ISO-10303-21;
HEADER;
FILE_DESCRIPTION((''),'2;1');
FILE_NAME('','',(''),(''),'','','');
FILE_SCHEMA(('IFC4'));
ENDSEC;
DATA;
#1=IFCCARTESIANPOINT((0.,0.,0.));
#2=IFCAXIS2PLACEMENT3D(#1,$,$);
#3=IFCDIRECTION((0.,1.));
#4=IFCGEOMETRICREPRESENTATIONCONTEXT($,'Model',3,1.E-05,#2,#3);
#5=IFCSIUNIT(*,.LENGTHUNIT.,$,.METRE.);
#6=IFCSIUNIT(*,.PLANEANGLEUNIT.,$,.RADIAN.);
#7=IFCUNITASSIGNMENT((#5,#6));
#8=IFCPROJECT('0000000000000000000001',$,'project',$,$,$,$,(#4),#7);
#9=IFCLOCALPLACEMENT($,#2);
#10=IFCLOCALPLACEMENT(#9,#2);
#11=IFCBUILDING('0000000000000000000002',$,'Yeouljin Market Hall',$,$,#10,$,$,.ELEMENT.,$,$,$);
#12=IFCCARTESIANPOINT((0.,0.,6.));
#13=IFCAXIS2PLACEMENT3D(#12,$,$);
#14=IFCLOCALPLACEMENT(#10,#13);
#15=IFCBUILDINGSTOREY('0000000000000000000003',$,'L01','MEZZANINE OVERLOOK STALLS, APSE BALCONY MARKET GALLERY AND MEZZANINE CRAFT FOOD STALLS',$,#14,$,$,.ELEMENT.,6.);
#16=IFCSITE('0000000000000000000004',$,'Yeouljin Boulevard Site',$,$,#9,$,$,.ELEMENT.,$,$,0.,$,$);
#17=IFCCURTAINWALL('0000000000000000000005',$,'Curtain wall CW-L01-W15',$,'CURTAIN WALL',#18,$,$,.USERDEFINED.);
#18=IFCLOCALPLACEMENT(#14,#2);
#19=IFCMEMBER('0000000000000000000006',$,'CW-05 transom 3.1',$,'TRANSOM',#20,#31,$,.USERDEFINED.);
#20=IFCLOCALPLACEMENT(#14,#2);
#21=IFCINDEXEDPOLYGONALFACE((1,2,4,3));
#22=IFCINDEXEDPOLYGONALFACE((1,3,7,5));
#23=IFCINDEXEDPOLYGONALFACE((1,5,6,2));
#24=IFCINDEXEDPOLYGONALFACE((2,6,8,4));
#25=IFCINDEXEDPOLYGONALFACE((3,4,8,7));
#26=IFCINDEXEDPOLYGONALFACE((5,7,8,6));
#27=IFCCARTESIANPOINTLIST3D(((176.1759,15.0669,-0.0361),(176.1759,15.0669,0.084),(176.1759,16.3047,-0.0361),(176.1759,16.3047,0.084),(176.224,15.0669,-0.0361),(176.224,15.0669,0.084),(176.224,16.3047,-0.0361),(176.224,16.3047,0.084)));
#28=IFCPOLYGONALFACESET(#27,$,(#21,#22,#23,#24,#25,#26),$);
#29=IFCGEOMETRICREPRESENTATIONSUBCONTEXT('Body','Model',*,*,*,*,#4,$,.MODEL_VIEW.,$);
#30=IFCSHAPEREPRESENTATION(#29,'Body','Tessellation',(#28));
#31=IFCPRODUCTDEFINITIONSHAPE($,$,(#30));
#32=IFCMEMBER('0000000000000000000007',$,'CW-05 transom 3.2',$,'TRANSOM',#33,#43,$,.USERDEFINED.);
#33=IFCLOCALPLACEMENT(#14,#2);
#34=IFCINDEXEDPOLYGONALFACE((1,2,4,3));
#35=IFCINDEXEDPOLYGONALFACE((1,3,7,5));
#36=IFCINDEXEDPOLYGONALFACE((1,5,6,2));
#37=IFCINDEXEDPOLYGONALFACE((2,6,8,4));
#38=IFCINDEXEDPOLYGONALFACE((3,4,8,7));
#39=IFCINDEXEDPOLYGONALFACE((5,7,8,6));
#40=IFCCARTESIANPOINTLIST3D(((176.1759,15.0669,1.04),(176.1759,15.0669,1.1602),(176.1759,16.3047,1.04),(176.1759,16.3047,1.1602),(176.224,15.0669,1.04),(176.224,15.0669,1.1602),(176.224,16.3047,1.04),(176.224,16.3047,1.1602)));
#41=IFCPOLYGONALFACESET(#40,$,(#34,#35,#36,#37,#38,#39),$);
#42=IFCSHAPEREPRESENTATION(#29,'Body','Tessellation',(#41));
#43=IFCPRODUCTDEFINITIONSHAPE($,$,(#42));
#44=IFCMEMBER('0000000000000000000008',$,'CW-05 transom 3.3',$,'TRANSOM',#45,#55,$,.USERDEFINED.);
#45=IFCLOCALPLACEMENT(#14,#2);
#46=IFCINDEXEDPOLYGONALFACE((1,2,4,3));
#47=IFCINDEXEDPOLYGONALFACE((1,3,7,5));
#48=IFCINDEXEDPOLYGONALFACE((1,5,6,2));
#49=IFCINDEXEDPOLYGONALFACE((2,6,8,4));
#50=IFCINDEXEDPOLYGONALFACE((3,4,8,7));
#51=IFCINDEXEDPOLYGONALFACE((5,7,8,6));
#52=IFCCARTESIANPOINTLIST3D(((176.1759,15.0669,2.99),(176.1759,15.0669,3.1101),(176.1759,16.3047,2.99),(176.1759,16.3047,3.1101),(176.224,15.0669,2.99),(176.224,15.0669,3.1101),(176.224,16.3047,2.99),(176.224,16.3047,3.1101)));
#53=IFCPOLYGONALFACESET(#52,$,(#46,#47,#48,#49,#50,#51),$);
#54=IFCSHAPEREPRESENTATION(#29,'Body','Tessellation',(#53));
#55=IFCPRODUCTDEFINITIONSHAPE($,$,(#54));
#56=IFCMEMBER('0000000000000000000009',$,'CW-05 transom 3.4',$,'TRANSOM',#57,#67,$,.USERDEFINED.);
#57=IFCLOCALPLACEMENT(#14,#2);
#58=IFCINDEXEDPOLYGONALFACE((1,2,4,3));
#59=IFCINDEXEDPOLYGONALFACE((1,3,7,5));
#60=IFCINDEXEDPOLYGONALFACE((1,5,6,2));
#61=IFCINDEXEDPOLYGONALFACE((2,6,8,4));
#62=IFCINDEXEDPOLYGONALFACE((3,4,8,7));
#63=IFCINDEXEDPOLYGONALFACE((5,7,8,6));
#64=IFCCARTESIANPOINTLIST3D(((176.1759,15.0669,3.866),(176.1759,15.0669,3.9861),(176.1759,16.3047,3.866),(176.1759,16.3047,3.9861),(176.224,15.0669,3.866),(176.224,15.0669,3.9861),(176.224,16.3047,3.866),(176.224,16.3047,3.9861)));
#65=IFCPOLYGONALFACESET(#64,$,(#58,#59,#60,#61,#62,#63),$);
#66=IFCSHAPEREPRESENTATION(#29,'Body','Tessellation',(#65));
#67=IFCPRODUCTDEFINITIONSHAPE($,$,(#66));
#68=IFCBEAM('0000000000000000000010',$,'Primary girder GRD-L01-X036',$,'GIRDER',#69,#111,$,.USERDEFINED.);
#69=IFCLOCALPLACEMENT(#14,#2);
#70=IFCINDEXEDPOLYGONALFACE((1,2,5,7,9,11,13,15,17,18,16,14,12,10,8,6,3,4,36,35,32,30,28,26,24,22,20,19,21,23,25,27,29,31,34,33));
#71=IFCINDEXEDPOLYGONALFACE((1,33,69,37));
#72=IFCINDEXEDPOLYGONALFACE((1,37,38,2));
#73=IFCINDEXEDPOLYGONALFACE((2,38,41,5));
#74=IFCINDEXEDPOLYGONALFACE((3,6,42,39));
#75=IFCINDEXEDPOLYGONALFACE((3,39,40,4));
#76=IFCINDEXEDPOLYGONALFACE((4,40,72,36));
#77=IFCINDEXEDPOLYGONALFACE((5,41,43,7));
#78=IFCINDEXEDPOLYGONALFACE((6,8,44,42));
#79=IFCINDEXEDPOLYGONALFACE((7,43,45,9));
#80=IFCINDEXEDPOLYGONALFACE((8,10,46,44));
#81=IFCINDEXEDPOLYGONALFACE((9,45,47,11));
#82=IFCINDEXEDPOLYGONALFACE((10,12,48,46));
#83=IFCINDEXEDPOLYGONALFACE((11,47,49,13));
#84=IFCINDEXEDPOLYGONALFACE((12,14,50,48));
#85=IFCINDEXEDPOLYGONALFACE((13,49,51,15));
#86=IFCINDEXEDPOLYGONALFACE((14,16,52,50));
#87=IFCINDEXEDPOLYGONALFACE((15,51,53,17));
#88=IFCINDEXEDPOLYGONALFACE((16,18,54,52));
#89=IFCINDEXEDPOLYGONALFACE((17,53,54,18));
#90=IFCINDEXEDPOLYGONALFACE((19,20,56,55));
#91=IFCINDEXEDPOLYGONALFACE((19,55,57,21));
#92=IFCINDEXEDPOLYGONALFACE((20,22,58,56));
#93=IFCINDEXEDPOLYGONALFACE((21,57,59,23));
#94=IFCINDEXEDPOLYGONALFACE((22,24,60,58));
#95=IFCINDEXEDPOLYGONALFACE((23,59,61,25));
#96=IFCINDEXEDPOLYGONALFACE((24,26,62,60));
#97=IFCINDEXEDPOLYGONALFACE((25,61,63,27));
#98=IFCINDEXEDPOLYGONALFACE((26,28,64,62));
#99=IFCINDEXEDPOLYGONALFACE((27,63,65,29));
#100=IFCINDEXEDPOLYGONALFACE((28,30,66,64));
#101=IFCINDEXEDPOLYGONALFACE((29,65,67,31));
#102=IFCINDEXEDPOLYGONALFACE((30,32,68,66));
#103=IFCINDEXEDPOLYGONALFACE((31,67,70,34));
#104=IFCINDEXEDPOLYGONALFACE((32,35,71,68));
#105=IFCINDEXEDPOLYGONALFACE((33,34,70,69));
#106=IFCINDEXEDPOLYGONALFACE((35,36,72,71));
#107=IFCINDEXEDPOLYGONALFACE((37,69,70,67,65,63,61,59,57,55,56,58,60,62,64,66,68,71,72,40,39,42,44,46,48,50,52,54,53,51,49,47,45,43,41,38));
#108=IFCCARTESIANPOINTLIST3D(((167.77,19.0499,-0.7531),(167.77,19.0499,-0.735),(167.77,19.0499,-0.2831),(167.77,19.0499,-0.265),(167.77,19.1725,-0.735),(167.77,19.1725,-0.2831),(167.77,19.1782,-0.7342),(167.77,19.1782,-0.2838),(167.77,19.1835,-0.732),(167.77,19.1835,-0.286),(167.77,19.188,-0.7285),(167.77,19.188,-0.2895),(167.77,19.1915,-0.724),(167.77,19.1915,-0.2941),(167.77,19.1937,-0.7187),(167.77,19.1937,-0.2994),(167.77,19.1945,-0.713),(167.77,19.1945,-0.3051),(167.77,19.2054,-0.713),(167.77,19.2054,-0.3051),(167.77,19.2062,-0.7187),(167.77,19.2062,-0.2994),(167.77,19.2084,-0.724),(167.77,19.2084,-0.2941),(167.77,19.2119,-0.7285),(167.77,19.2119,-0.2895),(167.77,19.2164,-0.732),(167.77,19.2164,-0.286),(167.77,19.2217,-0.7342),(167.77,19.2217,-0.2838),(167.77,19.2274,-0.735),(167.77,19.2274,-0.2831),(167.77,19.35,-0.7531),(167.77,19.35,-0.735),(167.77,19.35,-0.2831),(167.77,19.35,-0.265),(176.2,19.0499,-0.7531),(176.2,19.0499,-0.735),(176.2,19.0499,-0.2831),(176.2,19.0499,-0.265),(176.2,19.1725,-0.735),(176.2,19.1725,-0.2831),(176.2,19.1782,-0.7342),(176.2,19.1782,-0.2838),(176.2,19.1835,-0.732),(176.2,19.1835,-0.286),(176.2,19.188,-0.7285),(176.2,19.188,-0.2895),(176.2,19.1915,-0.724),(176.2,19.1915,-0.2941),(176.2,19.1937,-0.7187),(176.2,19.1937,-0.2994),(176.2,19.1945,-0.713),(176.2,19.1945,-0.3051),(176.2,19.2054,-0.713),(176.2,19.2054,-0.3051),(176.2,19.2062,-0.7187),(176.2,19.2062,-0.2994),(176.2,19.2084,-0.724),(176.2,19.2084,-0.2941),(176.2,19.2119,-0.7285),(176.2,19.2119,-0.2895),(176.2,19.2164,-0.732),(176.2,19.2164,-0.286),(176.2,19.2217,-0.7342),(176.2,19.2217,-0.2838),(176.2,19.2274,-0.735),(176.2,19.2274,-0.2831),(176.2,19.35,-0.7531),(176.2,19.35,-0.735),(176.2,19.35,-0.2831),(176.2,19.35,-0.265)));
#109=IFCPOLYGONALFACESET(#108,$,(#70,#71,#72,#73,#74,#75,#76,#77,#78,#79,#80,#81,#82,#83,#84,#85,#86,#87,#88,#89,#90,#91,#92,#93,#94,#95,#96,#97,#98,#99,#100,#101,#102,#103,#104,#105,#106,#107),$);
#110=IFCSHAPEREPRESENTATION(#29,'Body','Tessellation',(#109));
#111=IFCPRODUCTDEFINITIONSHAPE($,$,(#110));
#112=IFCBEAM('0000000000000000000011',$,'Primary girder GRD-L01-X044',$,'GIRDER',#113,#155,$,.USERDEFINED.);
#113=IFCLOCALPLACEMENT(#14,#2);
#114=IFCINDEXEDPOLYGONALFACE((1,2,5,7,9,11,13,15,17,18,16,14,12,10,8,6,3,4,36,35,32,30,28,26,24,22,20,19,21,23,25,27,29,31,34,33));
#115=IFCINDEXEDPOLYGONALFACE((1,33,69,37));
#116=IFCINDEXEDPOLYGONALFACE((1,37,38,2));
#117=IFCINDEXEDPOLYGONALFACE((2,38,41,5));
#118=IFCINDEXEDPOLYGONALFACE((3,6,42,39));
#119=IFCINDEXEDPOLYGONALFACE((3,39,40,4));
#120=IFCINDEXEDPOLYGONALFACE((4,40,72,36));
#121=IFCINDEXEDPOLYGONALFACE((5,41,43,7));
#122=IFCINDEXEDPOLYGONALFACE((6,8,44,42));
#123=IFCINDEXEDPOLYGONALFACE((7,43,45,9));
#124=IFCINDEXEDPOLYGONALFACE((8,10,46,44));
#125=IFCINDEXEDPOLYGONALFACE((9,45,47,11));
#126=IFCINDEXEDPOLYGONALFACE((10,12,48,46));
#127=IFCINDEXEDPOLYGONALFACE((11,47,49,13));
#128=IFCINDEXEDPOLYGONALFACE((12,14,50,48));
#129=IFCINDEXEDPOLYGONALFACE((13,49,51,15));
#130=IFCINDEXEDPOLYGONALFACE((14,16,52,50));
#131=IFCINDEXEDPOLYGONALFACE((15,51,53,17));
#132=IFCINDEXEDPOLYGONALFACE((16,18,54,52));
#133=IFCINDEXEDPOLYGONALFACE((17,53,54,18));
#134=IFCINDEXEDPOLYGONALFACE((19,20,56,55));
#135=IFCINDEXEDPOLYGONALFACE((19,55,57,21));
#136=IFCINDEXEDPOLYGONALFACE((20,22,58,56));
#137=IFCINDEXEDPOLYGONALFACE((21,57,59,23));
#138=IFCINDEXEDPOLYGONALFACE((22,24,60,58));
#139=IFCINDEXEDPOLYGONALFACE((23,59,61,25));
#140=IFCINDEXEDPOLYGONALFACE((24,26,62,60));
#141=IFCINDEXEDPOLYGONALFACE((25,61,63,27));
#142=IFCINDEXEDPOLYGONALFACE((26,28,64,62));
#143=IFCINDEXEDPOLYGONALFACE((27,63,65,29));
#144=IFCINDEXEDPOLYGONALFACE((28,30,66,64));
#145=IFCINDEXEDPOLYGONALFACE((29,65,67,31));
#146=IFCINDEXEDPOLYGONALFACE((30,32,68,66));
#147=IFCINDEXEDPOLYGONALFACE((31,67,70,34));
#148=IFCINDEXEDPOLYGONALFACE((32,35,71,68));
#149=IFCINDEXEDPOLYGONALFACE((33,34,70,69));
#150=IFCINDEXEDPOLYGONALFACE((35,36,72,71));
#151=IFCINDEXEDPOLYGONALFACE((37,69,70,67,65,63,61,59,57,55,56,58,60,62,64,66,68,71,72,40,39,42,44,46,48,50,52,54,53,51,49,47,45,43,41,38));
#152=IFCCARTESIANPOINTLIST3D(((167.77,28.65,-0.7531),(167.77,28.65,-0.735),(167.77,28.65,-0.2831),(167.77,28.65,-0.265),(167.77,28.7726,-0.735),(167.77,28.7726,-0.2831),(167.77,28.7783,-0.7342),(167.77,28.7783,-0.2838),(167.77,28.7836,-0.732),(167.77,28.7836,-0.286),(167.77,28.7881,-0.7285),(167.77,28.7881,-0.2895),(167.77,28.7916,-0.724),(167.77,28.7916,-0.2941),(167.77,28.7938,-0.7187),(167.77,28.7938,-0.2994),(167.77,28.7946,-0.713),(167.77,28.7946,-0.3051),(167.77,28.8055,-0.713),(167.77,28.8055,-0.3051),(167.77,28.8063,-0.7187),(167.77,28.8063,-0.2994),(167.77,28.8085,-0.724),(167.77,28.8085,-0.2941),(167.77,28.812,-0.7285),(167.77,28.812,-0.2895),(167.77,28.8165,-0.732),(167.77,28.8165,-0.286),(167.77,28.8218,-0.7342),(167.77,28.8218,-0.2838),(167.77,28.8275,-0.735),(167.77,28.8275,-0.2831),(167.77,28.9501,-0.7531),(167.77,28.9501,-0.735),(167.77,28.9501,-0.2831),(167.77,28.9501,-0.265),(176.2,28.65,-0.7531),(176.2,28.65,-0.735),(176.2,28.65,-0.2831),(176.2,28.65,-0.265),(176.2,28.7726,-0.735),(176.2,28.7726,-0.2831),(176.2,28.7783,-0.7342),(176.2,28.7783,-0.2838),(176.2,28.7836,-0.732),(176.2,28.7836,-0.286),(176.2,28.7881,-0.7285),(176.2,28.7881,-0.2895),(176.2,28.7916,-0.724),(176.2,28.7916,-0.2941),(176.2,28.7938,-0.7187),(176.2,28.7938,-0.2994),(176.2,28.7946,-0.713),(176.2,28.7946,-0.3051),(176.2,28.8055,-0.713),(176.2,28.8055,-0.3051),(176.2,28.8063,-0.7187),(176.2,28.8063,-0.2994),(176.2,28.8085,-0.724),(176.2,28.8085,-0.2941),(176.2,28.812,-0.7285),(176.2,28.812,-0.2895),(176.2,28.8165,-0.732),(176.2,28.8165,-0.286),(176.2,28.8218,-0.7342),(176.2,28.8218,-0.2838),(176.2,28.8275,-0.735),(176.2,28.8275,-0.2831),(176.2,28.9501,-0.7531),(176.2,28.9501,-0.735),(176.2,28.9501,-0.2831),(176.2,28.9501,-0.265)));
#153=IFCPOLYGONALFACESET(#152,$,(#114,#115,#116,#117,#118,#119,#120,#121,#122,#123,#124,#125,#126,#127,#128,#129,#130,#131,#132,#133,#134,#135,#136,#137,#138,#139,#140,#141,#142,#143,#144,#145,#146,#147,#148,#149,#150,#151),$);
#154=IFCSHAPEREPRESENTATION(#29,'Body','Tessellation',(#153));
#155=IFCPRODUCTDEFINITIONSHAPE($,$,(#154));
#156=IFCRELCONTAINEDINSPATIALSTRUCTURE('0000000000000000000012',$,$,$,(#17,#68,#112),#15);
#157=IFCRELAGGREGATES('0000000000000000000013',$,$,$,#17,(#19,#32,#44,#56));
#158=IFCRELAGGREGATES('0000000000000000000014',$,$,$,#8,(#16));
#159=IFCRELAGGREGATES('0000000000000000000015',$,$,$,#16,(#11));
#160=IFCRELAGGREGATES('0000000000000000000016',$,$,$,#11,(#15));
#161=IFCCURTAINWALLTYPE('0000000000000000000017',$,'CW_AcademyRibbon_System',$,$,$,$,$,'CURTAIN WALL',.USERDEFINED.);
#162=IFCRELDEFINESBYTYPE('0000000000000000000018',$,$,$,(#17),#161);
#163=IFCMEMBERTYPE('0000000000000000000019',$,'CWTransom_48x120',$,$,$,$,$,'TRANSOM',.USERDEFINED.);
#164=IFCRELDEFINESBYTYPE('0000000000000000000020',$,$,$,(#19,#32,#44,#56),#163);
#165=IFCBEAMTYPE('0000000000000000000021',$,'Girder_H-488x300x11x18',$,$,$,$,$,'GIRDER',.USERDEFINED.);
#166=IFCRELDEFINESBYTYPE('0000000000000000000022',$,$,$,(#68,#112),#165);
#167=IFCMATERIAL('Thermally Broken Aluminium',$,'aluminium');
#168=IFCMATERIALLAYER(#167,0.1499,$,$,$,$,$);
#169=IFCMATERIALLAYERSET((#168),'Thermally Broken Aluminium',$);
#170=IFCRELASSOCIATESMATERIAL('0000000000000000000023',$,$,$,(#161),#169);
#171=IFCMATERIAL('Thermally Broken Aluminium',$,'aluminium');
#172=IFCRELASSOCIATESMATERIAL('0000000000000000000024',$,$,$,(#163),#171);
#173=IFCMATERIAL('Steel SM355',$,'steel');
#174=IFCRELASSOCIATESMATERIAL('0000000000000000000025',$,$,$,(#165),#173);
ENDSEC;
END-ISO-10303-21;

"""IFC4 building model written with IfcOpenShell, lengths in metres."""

from ifc_helpers import new_model, si_unit, direction, frame, origin, origin_2d, place, context, subcontext, project, spatial, rectangle, i_section, extrude, material, layer, layer_set, material_profile, profile_set, type_object, element, aggregate, save


model = new_model("IFC4")

# Units and contexts
model_context = context("Model", 3, precision=1e-05, world=origin(), true_north=direction((0.0, 1.0)))
body_context = subcontext(model_context, "Body", "Model", "MODEL_VIEW")
ifc_project = project(units=[si_unit("LENGTHUNIT", "METRE"), si_unit("PLANEANGLEUNIT", "RADIAN")], contexts=[model_context])

# Site, building, storey
site_placement = place(None, origin())
site = spatial("IfcSite", under=ifc_project, at=site_placement, Name="Yeouljin Boulevard Site", CompositionType="ELEMENT", RefElevation=0.0)
building_placement = place(site_placement, origin())
building = spatial("IfcBuilding", under=site, at=building_placement, Name="Yeouljin Market Hall", CompositionType="ELEMENT")
storey_placement = place(building_placement, frame((0.0, 0.0, 6.0)))
storey = spatial("IfcBuildingStorey", under=building, at=storey_placement, Name="L01", Description="MEZZANINE OVERLOOK STALLS, APSE BALCONY MARKET GALLERY AND MEZZANINE CRAFT FOOD STALLS", CompositionType="ELEMENT", Elevation=6.0)

# Curtain wall, members
ifc_material_1 = material(Name="Thermally Broken Aluminium", Category="aluminium")
ifc_layer_1 = layer(ifc_material_1, 0.1499)
ifc_layer_set_1 = layer_set([ifc_layer_1], Name="Thermally Broken Aluminium")
curtain_wall_type = type_object("IfcCurtainWallType", Name="CW_AcademyRibbon_System", ElementType="CURTAIN WALL", PredefinedType="USERDEFINED", material=ifc_layer_set_1)
curtain_wall_placement = place(storey_placement, origin())
curtain_wall = element("IfcCurtainWall", 1, at=curtain_wall_placement, inside=storey, type_object=curtain_wall_type, Name="Curtain wall CW-L01-W15", ObjectType="CURTAIN WALL", PredefinedType="USERDEFINED")
ifc_material_2 = material(Name="Thermally Broken Aluminium", Category="aluminium")
ifc_material_profile_1 = material_profile(ifc_material_2, rectangle(XDim=0.0481, YDim=0.1201, at=origin_2d()), Name="CW-TRAN-48x120")
ifc_profile_set_1 = profile_set([ifc_material_profile_1], Name="Thermally Broken Aluminium")
member_type = type_object("IfcMemberType", Name="CWTransom_48x120", ElementType="TRANSOM", PredefinedType="USERDEFINED", material=ifc_profile_set_1)
member_1_placement = place(storey_placement, frame((176.2, 16.3047, 0.0239), z_axis=(0.0, -1.0, 0.0), x_axis=(1.0, 0.0, 0.0)))
member_1 = element("IfcMember", 2, at=member_1_placement, type_object=member_type, Name="CW-05 transom 3.1", ObjectType="TRANSOM", PredefinedType="USERDEFINED", context=body_context, shape_type="SweptSolid", body=[
    extrude(rectangle(XDim=0.0481, YDim=0.1201, at=origin_2d()), origin(), (0.0, 0.0, 1.0), 1.2378),
])
member_2_placement = place(storey_placement, frame((176.2, 16.3047, 1.1001), z_axis=(0.0, -1.0, 0.0), x_axis=(1.0, 0.0, 0.0)))
member_2 = element("IfcMember", 3, at=member_2_placement, type_object=member_type, Name="CW-05 transom 3.2", ObjectType="TRANSOM", PredefinedType="USERDEFINED", context=body_context, shape_type="SweptSolid", body=[
    extrude(rectangle(XDim=0.0481, YDim=0.1201, at=origin_2d()), origin(), (0.0, 0.0, 1.0), 1.2378),
])
member_3_placement = place(storey_placement, frame((176.2, 16.3047, 3.05), z_axis=(0.0, -1.0, 0.0), x_axis=(1.0, 0.0, 0.0)))
member_3 = element("IfcMember", 4, at=member_3_placement, type_object=member_type, Name="CW-05 transom 3.3", ObjectType="TRANSOM", PredefinedType="USERDEFINED", context=body_context, shape_type="SweptSolid", body=[
    extrude(rectangle(XDim=0.0481, YDim=0.1201, at=origin_2d()), origin(), (0.0, 0.0, 1.0), 1.2378),
])
member_4_placement = place(storey_placement, frame((176.2, 16.3047, 3.926), z_axis=(0.0, -1.0, 0.0), x_axis=(1.0, 0.0, 0.0)))
member_4 = element("IfcMember", 5, at=member_4_placement, type_object=member_type, Name="CW-05 transom 3.4", ObjectType="TRANSOM", PredefinedType="USERDEFINED", context=body_context, shape_type="SweptSolid", body=[
    extrude(rectangle(XDim=0.0481, YDim=0.1201, at=origin_2d()), origin(), (0.0, 0.0, 1.0), 1.2378),
])

# Beams
ifc_material_3 = material(Name="Steel SM355", Category="steel")
ifc_material_profile_2 = material_profile(ifc_material_3, i_section(OverallWidth=0.3, OverallDepth=0.488, WebThickness=0.011, FlangeThickness=0.0181, FilletRadius=0.022, at=origin_2d()), Name="H-488x300x11x18")
ifc_profile_set_2 = profile_set([ifc_material_profile_2], Name="Steel SM355")
beam_type_1 = type_object("IfcBeamType", Name="Girder_H-488x300x11x18", ElementType="GIRDER", PredefinedType="USERDEFINED", material=ifc_profile_set_2)
for number, where, z_axis, x_axis, name in (
    (6, (167.77, 19.2, -0.509), (1.0, 0.0, 0.0), (0.0, 1.0, 0.0), "Primary girder GRD-L01-X036"),
    (7, (167.77, 28.8, -0.509), (1.0, 0.0, 0.0), (0.0, 1.0, 0.0), "Primary girder GRD-L01-X044"),
):
    element("IfcBeam", number, at=place(storey_placement, frame(where, z_axis=z_axis, x_axis=x_axis)), inside=storey, type_object=beam_type_1, Name=name, ObjectType="GIRDER", PredefinedType="USERDEFINED", context=body_context, shape_type="SweptSolid", body=[
        extrude(i_section(OverallWidth=0.3, OverallDepth=0.488, WebThickness=0.011, FlangeThickness=0.0181, FilletRadius=0.022, at=origin_2d()), origin(), (0.0, 0.0, 1.0), 8.4299),
    ])

aggregate(curtain_wall, [member_1, member_2, member_3, member_4])

save(model, "model.ifc")
